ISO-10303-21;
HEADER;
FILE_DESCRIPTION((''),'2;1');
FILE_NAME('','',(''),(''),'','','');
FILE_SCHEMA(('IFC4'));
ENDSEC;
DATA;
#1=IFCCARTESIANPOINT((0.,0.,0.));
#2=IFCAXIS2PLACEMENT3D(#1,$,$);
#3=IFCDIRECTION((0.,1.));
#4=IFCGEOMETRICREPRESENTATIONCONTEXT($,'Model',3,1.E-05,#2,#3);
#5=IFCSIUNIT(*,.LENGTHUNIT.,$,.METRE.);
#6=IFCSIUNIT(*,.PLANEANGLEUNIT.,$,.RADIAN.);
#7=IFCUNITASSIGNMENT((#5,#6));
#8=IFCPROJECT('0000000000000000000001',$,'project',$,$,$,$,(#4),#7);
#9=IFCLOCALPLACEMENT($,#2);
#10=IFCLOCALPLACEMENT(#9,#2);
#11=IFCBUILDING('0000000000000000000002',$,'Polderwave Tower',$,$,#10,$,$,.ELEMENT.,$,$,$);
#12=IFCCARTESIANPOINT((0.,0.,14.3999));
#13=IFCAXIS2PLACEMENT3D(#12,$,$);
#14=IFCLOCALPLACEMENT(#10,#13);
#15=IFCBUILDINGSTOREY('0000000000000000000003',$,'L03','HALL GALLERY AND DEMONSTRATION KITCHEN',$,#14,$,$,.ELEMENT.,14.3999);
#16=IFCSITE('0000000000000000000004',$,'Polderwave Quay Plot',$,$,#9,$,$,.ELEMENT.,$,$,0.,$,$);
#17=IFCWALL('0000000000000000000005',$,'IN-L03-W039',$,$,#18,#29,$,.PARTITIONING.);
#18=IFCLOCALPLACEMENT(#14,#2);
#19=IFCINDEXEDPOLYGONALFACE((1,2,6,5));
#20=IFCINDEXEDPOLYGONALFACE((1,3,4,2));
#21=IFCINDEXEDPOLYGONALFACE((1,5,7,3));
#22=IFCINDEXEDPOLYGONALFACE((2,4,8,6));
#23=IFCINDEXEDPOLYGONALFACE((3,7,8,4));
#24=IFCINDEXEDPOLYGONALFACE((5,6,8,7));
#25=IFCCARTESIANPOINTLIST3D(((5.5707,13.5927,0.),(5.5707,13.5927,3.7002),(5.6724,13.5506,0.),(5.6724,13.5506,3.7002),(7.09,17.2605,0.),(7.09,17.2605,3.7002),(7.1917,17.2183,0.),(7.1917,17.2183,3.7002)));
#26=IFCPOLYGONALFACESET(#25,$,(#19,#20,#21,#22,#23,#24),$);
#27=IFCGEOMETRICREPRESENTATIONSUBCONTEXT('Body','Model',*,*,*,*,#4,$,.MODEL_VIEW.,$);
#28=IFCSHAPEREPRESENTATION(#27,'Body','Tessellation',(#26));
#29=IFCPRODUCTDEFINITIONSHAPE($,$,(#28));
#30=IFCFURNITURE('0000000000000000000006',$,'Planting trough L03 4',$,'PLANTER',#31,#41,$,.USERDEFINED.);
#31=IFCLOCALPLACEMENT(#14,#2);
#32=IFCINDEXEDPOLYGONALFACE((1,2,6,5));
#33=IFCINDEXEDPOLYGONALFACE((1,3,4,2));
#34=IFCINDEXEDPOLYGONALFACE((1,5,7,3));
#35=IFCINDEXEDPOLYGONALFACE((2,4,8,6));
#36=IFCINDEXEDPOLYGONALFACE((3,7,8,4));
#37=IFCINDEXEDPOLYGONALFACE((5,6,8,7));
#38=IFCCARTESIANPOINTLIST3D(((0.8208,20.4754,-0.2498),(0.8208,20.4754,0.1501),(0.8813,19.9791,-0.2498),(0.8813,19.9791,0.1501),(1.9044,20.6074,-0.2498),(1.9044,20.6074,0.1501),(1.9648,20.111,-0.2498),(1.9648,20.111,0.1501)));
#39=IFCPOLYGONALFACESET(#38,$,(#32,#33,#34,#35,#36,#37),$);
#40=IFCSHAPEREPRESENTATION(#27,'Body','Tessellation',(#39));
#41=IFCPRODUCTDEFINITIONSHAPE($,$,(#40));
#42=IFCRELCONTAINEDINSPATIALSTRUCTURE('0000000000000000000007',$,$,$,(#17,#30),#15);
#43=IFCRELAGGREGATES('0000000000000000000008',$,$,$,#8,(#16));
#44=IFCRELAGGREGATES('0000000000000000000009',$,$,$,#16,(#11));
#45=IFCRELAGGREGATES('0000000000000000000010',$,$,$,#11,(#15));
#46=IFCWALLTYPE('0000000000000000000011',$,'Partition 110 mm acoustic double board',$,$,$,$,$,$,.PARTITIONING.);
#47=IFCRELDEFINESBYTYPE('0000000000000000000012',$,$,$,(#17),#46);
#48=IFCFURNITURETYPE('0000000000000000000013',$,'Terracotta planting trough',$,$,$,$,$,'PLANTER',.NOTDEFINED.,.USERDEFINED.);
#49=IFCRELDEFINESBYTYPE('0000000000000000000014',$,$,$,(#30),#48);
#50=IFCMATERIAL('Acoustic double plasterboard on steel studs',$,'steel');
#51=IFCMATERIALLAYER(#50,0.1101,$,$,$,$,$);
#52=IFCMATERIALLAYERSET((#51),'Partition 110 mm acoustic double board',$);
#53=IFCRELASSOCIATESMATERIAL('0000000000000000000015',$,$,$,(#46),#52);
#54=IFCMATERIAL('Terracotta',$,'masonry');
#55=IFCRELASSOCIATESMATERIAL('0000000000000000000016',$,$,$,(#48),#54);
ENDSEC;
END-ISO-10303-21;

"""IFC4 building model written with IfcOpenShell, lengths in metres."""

from ifc_helpers import new_model, si_unit, direction, frame, frame_2d, origin, origin_2d, place, context, subcontext, project, spatial, rectangle, extrude, material, layer, layer_set, type_object, element, save


model = new_model("IFC4")

# Units and contexts
model_context = context("Model", 3, precision=1e-05, world=origin(), true_north=direction((0.0, 1.0)))
body_context = subcontext(model_context, "Body", "Model", "MODEL_VIEW")
ifc_project = project(units=[si_unit("LENGTHUNIT", "METRE"), si_unit("PLANEANGLEUNIT", "RADIAN")], contexts=[model_context])

# Site, building, storey
site_placement = place(None, origin())
site = spatial("IfcSite", under=ifc_project, at=site_placement, Name="Polderwave Quay Plot", CompositionType="ELEMENT", RefElevation=0.0)
building_placement = place(site_placement, origin())
building = spatial("IfcBuilding", under=site, at=building_placement, Name="Polderwave Tower", CompositionType="ELEMENT")
storey_placement = place(building_placement, frame((0.0, 0.0, 14.3999)))
storey = spatial("IfcBuildingStorey", under=building, at=storey_placement, Name="L03", Description="HALL GALLERY AND DEMONSTRATION KITCHEN", CompositionType="ELEMENT", Elevation=14.3999)

# Wall
ifc_material_1 = material(Name="Acoustic double plasterboard on steel studs", Category="steel")
ifc_layer_1 = layer(ifc_material_1, 0.1101)
ifc_layer_set_1 = layer_set([ifc_layer_1], Name="Partition 110 mm acoustic double board")
wall_type_1 = type_object("IfcWallType", Name="Partition 110 mm acoustic double board", PredefinedType="PARTITIONING", material=ifc_layer_set_1)
wall_1_placement = place(storey_placement, frame((5.6216, 13.5718, 0.0), z_axis=(0.0, 0.0, 1.0), x_axis=(0.382698, 0.923874, 0.0)))
element("IfcWall", 1, at=wall_1_placement, inside=storey, type_object=wall_type_1, Name="IN-L03-W039", PredefinedType="PARTITIONING", context=body_context, shape_type="SweptSolid", body=[
    extrude(rectangle(XDim=3.97, YDim=0.1101, at=frame_2d((1.9849, 0.0))), origin(), (0.0, 0.0, 1.0), 3.7002),
])

# Furniture
ifc_material_2 = material(Name="Terracotta", Category="masonry")
furniture_type = type_object("IfcFurnitureType", Name="Terracotta planting trough", ElementType="PLANTER", AssemblyPlace="NOTDEFINED", PredefinedType="USERDEFINED", material=ifc_material_2)
furniture_placement = place(storey_placement, frame((1.3928, 20.2932, -0.2498), z_axis=(0.0, 0.0, 1.0), x_axis=(-0.992666, -0.120892, 0.0)))
element("IfcFurniture", 2, at=furniture_placement, inside=storey, type_object=furniture_type, Name="Planting trough L03 4", ObjectType="PLANTER", PredefinedType="USERDEFINED", context=body_context, shape_type="SweptSolid", body=[
    extrude(rectangle(XDim=1.0916, YDim=0.5, at=origin_2d()), origin(), (0.0, 0.0, 1.0), 0.3999),
])

save(model, "model.ifc")
